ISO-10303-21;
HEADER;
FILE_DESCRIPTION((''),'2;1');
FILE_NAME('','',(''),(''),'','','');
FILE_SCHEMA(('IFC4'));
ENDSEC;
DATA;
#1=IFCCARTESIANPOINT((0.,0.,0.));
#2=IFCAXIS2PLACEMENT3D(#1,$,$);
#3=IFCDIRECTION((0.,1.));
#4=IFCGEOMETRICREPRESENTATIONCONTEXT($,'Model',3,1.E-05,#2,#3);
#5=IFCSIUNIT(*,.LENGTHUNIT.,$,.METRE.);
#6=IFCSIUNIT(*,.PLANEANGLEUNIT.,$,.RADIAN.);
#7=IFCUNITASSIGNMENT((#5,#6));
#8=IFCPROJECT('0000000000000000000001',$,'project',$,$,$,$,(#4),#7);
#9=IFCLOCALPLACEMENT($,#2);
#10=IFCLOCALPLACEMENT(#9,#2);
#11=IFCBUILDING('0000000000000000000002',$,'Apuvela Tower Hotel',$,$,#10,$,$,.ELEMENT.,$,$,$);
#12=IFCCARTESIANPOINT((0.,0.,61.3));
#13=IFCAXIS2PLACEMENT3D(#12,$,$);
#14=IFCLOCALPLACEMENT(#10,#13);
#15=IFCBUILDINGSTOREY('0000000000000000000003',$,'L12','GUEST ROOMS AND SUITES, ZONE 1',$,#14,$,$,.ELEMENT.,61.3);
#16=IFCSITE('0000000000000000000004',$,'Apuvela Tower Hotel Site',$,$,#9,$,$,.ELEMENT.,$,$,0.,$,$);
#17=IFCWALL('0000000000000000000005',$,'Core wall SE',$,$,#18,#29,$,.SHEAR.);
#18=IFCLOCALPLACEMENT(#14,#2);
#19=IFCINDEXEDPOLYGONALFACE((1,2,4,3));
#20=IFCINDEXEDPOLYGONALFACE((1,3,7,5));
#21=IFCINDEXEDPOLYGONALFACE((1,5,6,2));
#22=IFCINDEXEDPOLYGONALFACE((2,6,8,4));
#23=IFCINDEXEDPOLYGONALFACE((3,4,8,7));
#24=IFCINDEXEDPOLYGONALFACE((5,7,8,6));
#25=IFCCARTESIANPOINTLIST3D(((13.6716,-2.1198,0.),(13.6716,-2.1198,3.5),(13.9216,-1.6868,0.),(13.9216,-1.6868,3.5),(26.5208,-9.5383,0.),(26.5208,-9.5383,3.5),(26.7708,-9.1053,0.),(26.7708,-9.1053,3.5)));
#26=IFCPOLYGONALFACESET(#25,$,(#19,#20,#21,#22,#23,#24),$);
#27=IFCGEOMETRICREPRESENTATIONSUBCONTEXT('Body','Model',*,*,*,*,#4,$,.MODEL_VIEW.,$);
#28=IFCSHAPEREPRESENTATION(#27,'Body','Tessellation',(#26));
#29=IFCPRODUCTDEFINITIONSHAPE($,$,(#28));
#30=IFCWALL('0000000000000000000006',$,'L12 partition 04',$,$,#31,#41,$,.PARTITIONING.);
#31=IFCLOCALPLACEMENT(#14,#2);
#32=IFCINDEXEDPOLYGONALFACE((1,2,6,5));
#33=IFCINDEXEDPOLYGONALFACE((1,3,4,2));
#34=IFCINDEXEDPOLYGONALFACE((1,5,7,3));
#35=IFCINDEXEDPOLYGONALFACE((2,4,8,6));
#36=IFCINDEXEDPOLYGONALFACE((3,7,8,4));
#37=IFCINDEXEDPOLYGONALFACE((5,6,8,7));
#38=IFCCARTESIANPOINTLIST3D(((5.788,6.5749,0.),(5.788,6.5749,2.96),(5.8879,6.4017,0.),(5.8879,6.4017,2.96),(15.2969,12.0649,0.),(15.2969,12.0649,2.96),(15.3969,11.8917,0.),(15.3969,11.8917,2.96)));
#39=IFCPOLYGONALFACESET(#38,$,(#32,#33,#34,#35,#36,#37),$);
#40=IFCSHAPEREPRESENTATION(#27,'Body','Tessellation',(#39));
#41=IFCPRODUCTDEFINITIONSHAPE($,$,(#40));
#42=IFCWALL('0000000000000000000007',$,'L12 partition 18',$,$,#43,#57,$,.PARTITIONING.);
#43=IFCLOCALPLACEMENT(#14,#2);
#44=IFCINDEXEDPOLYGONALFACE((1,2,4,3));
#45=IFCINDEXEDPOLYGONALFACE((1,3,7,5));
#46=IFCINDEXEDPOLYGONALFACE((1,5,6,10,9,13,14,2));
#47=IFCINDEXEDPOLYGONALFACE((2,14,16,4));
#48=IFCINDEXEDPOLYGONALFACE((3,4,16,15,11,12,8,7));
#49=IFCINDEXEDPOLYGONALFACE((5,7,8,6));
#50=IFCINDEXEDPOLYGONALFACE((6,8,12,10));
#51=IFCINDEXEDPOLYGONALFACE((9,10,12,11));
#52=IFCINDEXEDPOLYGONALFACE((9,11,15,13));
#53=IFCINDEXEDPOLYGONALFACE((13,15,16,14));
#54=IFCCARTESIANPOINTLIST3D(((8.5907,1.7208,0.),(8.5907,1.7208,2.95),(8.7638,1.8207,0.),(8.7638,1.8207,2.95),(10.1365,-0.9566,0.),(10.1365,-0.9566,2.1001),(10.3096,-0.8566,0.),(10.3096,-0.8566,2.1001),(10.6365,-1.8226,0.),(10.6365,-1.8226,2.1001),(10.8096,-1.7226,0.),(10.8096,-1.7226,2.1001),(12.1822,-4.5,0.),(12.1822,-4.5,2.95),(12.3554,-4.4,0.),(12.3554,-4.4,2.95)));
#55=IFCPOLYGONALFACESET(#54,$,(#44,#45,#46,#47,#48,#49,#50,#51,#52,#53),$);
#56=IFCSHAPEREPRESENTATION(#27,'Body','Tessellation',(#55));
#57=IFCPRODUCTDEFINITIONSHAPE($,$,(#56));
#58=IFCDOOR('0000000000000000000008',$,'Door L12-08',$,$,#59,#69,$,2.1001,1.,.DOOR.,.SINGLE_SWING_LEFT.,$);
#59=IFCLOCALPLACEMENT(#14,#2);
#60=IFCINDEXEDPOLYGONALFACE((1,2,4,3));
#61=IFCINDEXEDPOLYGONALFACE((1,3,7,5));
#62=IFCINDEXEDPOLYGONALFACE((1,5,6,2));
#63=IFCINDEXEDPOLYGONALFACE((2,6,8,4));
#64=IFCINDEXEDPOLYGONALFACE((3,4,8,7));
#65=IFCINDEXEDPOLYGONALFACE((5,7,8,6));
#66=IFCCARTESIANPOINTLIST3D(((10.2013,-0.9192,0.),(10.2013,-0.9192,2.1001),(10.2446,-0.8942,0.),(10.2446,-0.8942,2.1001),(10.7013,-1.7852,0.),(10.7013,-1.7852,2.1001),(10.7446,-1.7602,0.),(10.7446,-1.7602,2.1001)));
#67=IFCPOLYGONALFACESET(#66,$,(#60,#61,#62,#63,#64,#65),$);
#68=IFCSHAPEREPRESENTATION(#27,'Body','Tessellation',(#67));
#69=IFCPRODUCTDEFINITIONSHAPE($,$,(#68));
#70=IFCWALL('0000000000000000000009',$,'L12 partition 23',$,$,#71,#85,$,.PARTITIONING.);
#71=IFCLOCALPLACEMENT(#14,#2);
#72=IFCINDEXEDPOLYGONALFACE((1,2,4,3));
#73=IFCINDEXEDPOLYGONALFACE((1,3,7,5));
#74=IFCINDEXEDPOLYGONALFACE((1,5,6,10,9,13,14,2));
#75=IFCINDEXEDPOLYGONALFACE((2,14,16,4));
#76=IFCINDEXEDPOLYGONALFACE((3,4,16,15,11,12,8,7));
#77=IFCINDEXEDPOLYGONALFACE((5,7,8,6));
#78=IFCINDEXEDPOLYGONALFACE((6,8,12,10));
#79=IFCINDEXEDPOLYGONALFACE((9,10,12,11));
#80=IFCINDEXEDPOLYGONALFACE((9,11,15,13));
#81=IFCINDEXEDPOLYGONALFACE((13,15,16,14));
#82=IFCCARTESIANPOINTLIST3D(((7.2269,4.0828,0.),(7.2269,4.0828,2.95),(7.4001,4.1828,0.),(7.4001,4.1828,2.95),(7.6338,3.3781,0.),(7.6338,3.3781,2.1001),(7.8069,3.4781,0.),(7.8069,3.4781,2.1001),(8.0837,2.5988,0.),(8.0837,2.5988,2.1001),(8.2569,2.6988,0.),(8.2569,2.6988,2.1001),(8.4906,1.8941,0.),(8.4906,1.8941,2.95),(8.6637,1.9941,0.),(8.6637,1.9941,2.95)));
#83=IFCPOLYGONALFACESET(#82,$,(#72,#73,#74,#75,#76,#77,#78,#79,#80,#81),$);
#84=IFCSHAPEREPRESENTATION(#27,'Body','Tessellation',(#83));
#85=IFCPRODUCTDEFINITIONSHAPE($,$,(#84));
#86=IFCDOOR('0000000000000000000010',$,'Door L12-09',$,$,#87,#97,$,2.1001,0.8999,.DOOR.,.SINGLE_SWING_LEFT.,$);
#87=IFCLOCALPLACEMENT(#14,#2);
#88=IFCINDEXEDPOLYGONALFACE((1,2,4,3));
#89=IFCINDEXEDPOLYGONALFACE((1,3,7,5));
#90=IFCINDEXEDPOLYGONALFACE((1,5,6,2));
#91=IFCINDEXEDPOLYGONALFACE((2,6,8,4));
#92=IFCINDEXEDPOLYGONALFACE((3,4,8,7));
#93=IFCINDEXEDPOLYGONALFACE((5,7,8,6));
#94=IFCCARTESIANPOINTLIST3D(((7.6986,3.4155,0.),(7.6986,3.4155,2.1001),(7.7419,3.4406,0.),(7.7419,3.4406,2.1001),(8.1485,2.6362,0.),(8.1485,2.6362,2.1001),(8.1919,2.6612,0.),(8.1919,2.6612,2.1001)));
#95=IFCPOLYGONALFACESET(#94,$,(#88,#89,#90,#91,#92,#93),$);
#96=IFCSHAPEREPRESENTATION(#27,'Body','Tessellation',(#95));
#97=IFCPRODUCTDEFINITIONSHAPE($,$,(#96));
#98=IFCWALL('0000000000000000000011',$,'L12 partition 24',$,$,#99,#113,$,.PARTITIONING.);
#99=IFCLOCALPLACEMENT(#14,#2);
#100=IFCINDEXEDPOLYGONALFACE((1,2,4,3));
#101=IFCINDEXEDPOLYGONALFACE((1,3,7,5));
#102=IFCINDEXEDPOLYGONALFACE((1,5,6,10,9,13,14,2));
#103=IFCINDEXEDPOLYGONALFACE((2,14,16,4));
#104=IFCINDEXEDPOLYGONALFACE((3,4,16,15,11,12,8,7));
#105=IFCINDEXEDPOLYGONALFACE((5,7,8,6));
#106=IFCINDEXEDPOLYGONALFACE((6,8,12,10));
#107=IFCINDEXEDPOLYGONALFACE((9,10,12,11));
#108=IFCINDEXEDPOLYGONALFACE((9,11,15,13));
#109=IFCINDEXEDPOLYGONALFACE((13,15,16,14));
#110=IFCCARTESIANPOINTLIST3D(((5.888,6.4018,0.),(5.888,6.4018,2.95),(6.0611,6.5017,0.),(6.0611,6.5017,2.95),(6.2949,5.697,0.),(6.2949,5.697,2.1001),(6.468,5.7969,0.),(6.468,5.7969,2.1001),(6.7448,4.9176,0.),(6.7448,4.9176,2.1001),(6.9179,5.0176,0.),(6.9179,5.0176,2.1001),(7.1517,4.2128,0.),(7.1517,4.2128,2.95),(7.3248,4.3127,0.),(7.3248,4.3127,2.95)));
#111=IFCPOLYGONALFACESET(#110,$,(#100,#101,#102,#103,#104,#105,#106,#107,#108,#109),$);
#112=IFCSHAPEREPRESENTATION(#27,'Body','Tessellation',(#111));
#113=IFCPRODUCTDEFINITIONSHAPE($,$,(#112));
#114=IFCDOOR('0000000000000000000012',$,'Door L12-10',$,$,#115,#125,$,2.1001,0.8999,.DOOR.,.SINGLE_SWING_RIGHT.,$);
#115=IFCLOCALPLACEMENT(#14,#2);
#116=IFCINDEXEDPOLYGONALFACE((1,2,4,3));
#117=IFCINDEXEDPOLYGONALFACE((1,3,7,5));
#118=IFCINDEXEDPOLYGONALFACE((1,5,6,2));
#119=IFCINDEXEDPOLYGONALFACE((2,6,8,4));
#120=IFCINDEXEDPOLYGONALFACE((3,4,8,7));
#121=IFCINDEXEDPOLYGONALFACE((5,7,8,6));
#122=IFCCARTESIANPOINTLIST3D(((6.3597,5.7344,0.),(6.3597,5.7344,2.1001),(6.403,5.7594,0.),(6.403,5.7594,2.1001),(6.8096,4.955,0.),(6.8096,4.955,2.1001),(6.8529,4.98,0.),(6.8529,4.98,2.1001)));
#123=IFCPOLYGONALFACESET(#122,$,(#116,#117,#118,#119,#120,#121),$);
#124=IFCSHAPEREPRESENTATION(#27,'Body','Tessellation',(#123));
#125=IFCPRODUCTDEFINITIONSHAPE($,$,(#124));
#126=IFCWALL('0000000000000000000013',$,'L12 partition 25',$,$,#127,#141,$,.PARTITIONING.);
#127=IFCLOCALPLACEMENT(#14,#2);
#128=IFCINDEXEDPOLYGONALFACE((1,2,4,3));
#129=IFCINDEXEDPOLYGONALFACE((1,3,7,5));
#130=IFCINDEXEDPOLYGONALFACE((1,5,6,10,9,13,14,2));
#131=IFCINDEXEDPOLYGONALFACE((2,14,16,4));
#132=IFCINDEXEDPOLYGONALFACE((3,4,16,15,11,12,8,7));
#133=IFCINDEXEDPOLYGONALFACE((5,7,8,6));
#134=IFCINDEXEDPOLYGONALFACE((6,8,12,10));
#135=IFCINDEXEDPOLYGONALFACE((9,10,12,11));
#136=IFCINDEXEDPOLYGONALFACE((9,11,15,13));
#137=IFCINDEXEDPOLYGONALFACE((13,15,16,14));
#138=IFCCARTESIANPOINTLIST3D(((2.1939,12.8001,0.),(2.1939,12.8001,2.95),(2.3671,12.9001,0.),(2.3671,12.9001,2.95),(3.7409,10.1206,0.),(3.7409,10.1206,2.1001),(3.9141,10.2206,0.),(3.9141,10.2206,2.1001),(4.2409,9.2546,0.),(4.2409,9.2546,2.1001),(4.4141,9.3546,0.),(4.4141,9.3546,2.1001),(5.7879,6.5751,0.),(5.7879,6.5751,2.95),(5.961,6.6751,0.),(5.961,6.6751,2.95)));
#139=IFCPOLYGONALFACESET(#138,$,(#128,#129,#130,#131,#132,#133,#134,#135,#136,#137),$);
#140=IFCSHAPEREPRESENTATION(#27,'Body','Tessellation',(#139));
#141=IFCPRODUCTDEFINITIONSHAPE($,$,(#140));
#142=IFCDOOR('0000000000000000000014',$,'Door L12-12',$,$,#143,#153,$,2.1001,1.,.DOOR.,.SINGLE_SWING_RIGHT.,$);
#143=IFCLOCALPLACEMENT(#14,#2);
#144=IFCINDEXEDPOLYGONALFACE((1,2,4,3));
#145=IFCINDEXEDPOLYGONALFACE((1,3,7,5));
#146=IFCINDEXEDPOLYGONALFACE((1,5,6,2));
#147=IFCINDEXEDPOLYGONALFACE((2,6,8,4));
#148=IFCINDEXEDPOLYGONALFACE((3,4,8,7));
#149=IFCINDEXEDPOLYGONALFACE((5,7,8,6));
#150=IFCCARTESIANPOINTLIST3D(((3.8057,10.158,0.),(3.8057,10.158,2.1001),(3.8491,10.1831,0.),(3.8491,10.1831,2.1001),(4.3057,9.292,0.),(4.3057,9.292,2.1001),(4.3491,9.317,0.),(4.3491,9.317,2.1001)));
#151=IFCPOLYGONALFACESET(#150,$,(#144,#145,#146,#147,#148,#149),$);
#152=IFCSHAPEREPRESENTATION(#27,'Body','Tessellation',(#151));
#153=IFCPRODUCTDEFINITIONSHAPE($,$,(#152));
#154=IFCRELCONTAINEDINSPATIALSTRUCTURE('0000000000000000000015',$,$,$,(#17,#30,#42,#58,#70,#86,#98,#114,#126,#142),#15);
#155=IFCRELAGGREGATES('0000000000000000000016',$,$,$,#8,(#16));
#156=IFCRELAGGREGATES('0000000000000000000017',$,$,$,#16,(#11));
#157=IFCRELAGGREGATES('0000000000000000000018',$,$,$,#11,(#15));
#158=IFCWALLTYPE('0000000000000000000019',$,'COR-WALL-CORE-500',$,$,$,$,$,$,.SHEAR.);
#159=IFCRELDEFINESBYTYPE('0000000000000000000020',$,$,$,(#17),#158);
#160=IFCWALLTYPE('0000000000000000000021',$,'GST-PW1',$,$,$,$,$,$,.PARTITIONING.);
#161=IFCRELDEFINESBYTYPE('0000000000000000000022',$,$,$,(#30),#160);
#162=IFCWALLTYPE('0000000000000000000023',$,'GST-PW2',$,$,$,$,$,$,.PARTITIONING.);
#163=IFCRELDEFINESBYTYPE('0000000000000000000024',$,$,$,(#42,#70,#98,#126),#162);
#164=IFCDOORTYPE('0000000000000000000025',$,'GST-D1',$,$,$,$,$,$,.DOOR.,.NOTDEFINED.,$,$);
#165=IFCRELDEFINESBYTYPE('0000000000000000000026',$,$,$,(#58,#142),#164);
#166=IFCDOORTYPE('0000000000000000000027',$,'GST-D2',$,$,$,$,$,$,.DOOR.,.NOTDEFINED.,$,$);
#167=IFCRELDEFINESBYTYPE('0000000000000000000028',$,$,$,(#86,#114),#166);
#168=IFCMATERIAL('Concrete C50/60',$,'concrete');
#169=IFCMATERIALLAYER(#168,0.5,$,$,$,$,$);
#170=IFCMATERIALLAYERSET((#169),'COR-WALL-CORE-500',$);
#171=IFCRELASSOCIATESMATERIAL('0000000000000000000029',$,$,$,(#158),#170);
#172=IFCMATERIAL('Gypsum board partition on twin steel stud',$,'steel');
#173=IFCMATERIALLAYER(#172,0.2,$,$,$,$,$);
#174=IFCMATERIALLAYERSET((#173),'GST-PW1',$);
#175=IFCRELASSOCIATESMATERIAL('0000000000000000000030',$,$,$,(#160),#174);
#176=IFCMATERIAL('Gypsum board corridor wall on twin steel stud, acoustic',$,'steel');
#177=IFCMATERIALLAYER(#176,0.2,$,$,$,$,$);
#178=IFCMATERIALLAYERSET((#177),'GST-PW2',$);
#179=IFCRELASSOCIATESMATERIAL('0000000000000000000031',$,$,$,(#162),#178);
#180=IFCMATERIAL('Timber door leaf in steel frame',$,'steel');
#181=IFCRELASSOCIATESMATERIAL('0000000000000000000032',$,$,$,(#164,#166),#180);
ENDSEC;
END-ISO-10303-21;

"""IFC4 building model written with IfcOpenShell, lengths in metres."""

from ifc_helpers import new_model, si_unit, direction, frame, frame_2d, origin, place, context, subcontext, project, spatial, rectangle, extrude, material, layer, layer_set, type_object, element, fill, save


model = new_model("IFC4")

# Units and contexts
model_context = context("Model", 3, precision=1e-05, world=origin(), true_north=direction((0.0, 1.0)))
body_context = subcontext(model_context, "Body", "Model", "MODEL_VIEW")
ifc_project = project(units=[si_unit("LENGTHUNIT", "METRE"), si_unit("PLANEANGLEUNIT", "RADIAN")], contexts=[model_context])

# Site, building, storey
site_placement = place(None, origin())
site = spatial("IfcSite", under=ifc_project, at=site_placement, Name="Apuvela Tower Hotel Site", CompositionType="ELEMENT", RefElevation=0.0)
building_placement = place(site_placement, origin())
building = spatial("IfcBuilding", under=site, at=building_placement, Name="Apuvela Tower Hotel", CompositionType="ELEMENT")
storey_placement = place(building_placement, frame((0.0, 0.0, 61.3)))
storey = spatial("IfcBuildingStorey", under=building, at=storey_placement, Name="L12", Description="GUEST ROOMS AND SUITES, ZONE 1", CompositionType="ELEMENT", Elevation=61.3)

# Shared definitions
ifc_material_1 = material(Name="Concrete C50/60", Category="concrete")

# Walls
ifc_layer_1 = layer(ifc_material_1, 0.5)
ifc_layer_set_1 = layer_set([ifc_layer_1], Name="COR-WALL-CORE-500")
wall_type_1 = type_object("IfcWallType", Name="COR-WALL-CORE-500", PredefinedType="SHEAR", material=ifc_layer_set_1)
for number, where, z_axis, x_axis, name in (
    (1, (13.7966, -1.9033, 0.0), (0.0, 0.0, 1.0), (0.866025, -0.500001, 0.0), "Core wall SE"),
):
    element("IfcWall", number, at=place(storey_placement, frame(where, z_axis=z_axis, x_axis=x_axis)), inside=storey, type_object=wall_type_1, Name=name, PredefinedType="SHEAR", context=body_context, shape_type="SweptSolid", body=[
        extrude(rectangle(XDim=14.8369, YDim=0.5, at=frame_2d((7.4185, 0.0))), origin(), (0.0, 0.0, 1.0), 3.5),
    ])
ifc_material_2 = material(Name="Gypsum board partition on twin steel stud", Category="steel")
ifc_layer_2 = layer(ifc_material_2, 0.2)
ifc_layer_set_2 = layer_set([ifc_layer_2], Name="GST-PW1")
wall_type_2 = type_object("IfcWallType", Name="GST-PW1", PredefinedType="PARTITIONING", material=ifc_layer_set_2)
wall_1_placement = place(storey_placement, frame((15.3469, 11.9783, 0.0), z_axis=(0.0, 0.0, 1.0), x_axis=(-0.866027, -0.499996, 0.0)))
element("IfcWall", 2, at=wall_1_placement, inside=storey, type_object=wall_type_2, Name="L12 partition 04", PredefinedType="PARTITIONING", context=body_context, shape_type="SweptSolid", body=[
    extrude(rectangle(XDim=10.98, YDim=0.2, at=frame_2d((5.49, 0.0))), origin(), (0.0, 0.0, 1.0), 2.96),
])

# Walls, openings, doors
ifc_material_3 = material(Name="Gypsum board corridor wall on twin steel stud, acoustic", Category="steel")
ifc_layer_3 = layer(ifc_material_3, 0.2)
ifc_layer_set_3 = layer_set([ifc_layer_3], Name="GST-PW2")
wall_type_3 = type_object("IfcWallType", Name="GST-PW2", PredefinedType="PARTITIONING", material=ifc_layer_set_3)
wall_2_placement = place(storey_placement, frame((8.6772, 1.7708, 0.0), z_axis=(0.0, 0.0, 1.0), x_axis=(0.500003, -0.866024, 0.0)))
wall_2 = element("IfcWall", 3, at=wall_2_placement, inside=storey, type_object=wall_type_3, Name="L12 partition 18", PredefinedType="PARTITIONING", context=body_context, shape_type="SweptSolid", body=[
    extrude(rectangle(XDim=7.1831, YDim=0.2, at=frame_2d((3.5916, 0.0))), origin(), (0.0, 0.0, 1.0), 2.95),
])
opening_1_placement = place(wall_2_placement, frame((3.0916, 0.0, 0.0)))
opening_1 = element("IfcOpeningElement", 4, at=opening_1_placement, cuts=wall_2, PredefinedType="OPENING", context=body_context, shape_type="SweptSolid", body=[
    extrude(rectangle(XDim=1.0, YDim=2.1001, at=frame_2d((0.5, 1.05))), frame((0.0, 0.1099, 0.0), z_axis=(0.0, -1.0, 0.0), x_axis=(1.0, 0.0, 0.0)), (0.0, 0.0, 1.0), 0.22),
])
ifc_material_4 = material(Name="Timber door leaf in steel frame", Category="steel")
door_type_1 = type_object("IfcDoorType", Name="GST-D1", OperationType="NOTDEFINED", PredefinedType="DOOR", material=ifc_material_4)
door_1_placement = place(opening_1_placement, origin())
door_1 = element("IfcDoor", 5, at=door_1_placement, inside=storey, type_object=door_type_1, Name="Door L12-08", OperationType="SINGLE_SWING_LEFT", OverallHeight=2.1001, OverallWidth=1.0, PredefinedType="DOOR", context=body_context, shape_type="SweptSolid", body=[
    extrude(rectangle(XDim=1.0, YDim=2.1001, at=frame_2d((0.5, 1.05))), frame((0.0, 0.0249, 0.0), z_axis=(0.0, -1.0, 0.0), x_axis=(1.0, 0.0, 0.0)), (0.0, 0.0, 1.0), 0.05),
])
fill(opening_1, door_1)
wall_3_placement = place(storey_placement, frame((7.3135, 4.1328, 0.0), z_axis=(0.0, 0.0, 1.0), x_axis=(0.500004, -0.866023, 0.0)))
wall_3 = element("IfcWall", 6, at=wall_3_placement, inside=storey, type_object=wall_type_3, Name="L12 partition 23", PredefinedType="PARTITIONING", context=body_context, shape_type="SweptSolid", body=[
    extrude(rectangle(XDim=2.5273, YDim=0.2, at=frame_2d((1.2637, 0.0))), origin(), (0.0, 0.0, 1.0), 2.95),
])
opening_2_placement = place(wall_3_placement, frame((0.8137, 0.0, 0.0)))
opening_2 = element("IfcOpeningElement", 7, at=opening_2_placement, cuts=wall_3, PredefinedType="OPENING", context=body_context, shape_type="SweptSolid", body=[
    extrude(rectangle(XDim=0.8999, YDim=2.1001, at=frame_2d((0.45, 1.05))), frame((0.0, 0.1099, 0.0), z_axis=(0.0, -1.0, 0.0), x_axis=(1.0, 0.0, 0.0)), (0.0, 0.0, 1.0), 0.22),
])
door_type_2 = type_object("IfcDoorType", Name="GST-D2", OperationType="NOTDEFINED", PredefinedType="DOOR", material=ifc_material_4)
door_2_placement = place(opening_2_placement, origin())
door_2 = element("IfcDoor", 8, at=door_2_placement, inside=storey, type_object=door_type_2, Name="Door L12-09", OperationType="SINGLE_SWING_LEFT", OverallHeight=2.1001, OverallWidth=0.8999, PredefinedType="DOOR", context=body_context, shape_type="SweptSolid", body=[
    extrude(rectangle(XDim=0.8999, YDim=2.1001, at=frame_2d((0.45, 1.05))), frame((0.0, 0.0249, 0.0), z_axis=(0.0, -1.0, 0.0), x_axis=(1.0, 0.0, 0.0)), (0.0, 0.0, 1.0), 0.05),
])
fill(opening_2, door_2)
wall_4_placement = place(storey_placement, frame((5.9746, 6.4517, 0.0), z_axis=(0.0, 0.0, 1.0), x_axis=(0.499962, -0.866047, 0.0)))
wall_4 = element("IfcWall", 9, at=wall_4_placement, inside=storey, type_object=wall_type_3, Name="L12 partition 24", PredefinedType="PARTITIONING", context=body_context, shape_type="SweptSolid", body=[
    extrude(rectangle(XDim=2.5276, YDim=0.2, at=frame_2d((1.2637, 0.0))), origin(), (0.0, 0.0, 1.0), 2.95),
])
opening_3_placement = place(wall_4_placement, frame((0.8137, 0.0, 0.0)))
opening_3 = element("IfcOpeningElement", 10, at=opening_3_placement, cuts=wall_4, PredefinedType="OPENING", context=body_context, shape_type="SweptSolid", body=[
    extrude(rectangle(XDim=0.8999, YDim=2.1001, at=frame_2d((0.45, 1.05))), frame((0.0, 0.1099, 0.0), z_axis=(0.0, -1.0, 0.0), x_axis=(1.0, 0.0, 0.0)), (0.0, 0.0, 1.0), 0.22),
])
door_3_placement = place(opening_3_placement, origin())
door_3 = element("IfcDoor", 11, at=door_3_placement, inside=storey, type_object=door_type_2, Name="Door L12-10", OperationType="SINGLE_SWING_RIGHT", OverallHeight=2.1001, OverallWidth=0.8999, PredefinedType="DOOR", context=body_context, shape_type="SweptSolid", body=[
    extrude(rectangle(XDim=0.8999, YDim=2.1001, at=frame_2d((0.45, 1.05))), frame((0.0, 0.0249, 0.0), z_axis=(0.0, -1.0, 0.0), x_axis=(1.0, 0.0, 0.0)), (0.0, 0.0, 1.0), 0.05),
])
fill(opening_3, door_3)
wall_5_placement = place(storey_placement, frame((2.2805, 12.8501, 0.0), z_axis=(0.0, 0.0, 1.0), x_axis=(0.499993, -0.866029, 0.0)))
wall_5 = element("IfcWall", 12, at=wall_5_placement, inside=storey, type_object=wall_type_3, Name="L12 partition 25", PredefinedType="PARTITIONING", context=body_context, shape_type="SweptSolid", body=[
    extrude(rectangle(XDim=7.188, YDim=0.2, at=frame_2d((3.594, 0.0))), origin(), (0.0, 0.0, 1.0), 2.95),
])
opening_4_placement = place(wall_5_placement, frame((3.094, 0.0, 0.0)))
opening_4 = element("IfcOpeningElement", 13, at=opening_4_placement, cuts=wall_5, PredefinedType="OPENING", context=body_context, shape_type="SweptSolid", body=[
    extrude(rectangle(XDim=1.0, YDim=2.1001, at=frame_2d((0.5, 1.05))), frame((0.0, 0.1099, 0.0), z_axis=(0.0, -1.0, 0.0), x_axis=(1.0, 0.0, 0.0)), (0.0, 0.0, 1.0), 0.22),
])
door_4_placement = place(opening_4_placement, origin())
door_4 = element("IfcDoor", 14, at=door_4_placement, inside=storey, type_object=door_type_1, Name="Door L12-12", OperationType="SINGLE_SWING_RIGHT", OverallHeight=2.1001, OverallWidth=1.0, PredefinedType="DOOR", context=body_context, shape_type="SweptSolid", body=[
    extrude(rectangle(XDim=1.0, YDim=2.1001, at=frame_2d((0.5, 1.05))), frame((0.0, 0.0249, 0.0), z_axis=(0.0, -1.0, 0.0), x_axis=(1.0, 0.0, 0.0)), (0.0, 0.0, 1.0), 0.05),
])
fill(opening_4, door_4)

save(model, "model.ifc")
